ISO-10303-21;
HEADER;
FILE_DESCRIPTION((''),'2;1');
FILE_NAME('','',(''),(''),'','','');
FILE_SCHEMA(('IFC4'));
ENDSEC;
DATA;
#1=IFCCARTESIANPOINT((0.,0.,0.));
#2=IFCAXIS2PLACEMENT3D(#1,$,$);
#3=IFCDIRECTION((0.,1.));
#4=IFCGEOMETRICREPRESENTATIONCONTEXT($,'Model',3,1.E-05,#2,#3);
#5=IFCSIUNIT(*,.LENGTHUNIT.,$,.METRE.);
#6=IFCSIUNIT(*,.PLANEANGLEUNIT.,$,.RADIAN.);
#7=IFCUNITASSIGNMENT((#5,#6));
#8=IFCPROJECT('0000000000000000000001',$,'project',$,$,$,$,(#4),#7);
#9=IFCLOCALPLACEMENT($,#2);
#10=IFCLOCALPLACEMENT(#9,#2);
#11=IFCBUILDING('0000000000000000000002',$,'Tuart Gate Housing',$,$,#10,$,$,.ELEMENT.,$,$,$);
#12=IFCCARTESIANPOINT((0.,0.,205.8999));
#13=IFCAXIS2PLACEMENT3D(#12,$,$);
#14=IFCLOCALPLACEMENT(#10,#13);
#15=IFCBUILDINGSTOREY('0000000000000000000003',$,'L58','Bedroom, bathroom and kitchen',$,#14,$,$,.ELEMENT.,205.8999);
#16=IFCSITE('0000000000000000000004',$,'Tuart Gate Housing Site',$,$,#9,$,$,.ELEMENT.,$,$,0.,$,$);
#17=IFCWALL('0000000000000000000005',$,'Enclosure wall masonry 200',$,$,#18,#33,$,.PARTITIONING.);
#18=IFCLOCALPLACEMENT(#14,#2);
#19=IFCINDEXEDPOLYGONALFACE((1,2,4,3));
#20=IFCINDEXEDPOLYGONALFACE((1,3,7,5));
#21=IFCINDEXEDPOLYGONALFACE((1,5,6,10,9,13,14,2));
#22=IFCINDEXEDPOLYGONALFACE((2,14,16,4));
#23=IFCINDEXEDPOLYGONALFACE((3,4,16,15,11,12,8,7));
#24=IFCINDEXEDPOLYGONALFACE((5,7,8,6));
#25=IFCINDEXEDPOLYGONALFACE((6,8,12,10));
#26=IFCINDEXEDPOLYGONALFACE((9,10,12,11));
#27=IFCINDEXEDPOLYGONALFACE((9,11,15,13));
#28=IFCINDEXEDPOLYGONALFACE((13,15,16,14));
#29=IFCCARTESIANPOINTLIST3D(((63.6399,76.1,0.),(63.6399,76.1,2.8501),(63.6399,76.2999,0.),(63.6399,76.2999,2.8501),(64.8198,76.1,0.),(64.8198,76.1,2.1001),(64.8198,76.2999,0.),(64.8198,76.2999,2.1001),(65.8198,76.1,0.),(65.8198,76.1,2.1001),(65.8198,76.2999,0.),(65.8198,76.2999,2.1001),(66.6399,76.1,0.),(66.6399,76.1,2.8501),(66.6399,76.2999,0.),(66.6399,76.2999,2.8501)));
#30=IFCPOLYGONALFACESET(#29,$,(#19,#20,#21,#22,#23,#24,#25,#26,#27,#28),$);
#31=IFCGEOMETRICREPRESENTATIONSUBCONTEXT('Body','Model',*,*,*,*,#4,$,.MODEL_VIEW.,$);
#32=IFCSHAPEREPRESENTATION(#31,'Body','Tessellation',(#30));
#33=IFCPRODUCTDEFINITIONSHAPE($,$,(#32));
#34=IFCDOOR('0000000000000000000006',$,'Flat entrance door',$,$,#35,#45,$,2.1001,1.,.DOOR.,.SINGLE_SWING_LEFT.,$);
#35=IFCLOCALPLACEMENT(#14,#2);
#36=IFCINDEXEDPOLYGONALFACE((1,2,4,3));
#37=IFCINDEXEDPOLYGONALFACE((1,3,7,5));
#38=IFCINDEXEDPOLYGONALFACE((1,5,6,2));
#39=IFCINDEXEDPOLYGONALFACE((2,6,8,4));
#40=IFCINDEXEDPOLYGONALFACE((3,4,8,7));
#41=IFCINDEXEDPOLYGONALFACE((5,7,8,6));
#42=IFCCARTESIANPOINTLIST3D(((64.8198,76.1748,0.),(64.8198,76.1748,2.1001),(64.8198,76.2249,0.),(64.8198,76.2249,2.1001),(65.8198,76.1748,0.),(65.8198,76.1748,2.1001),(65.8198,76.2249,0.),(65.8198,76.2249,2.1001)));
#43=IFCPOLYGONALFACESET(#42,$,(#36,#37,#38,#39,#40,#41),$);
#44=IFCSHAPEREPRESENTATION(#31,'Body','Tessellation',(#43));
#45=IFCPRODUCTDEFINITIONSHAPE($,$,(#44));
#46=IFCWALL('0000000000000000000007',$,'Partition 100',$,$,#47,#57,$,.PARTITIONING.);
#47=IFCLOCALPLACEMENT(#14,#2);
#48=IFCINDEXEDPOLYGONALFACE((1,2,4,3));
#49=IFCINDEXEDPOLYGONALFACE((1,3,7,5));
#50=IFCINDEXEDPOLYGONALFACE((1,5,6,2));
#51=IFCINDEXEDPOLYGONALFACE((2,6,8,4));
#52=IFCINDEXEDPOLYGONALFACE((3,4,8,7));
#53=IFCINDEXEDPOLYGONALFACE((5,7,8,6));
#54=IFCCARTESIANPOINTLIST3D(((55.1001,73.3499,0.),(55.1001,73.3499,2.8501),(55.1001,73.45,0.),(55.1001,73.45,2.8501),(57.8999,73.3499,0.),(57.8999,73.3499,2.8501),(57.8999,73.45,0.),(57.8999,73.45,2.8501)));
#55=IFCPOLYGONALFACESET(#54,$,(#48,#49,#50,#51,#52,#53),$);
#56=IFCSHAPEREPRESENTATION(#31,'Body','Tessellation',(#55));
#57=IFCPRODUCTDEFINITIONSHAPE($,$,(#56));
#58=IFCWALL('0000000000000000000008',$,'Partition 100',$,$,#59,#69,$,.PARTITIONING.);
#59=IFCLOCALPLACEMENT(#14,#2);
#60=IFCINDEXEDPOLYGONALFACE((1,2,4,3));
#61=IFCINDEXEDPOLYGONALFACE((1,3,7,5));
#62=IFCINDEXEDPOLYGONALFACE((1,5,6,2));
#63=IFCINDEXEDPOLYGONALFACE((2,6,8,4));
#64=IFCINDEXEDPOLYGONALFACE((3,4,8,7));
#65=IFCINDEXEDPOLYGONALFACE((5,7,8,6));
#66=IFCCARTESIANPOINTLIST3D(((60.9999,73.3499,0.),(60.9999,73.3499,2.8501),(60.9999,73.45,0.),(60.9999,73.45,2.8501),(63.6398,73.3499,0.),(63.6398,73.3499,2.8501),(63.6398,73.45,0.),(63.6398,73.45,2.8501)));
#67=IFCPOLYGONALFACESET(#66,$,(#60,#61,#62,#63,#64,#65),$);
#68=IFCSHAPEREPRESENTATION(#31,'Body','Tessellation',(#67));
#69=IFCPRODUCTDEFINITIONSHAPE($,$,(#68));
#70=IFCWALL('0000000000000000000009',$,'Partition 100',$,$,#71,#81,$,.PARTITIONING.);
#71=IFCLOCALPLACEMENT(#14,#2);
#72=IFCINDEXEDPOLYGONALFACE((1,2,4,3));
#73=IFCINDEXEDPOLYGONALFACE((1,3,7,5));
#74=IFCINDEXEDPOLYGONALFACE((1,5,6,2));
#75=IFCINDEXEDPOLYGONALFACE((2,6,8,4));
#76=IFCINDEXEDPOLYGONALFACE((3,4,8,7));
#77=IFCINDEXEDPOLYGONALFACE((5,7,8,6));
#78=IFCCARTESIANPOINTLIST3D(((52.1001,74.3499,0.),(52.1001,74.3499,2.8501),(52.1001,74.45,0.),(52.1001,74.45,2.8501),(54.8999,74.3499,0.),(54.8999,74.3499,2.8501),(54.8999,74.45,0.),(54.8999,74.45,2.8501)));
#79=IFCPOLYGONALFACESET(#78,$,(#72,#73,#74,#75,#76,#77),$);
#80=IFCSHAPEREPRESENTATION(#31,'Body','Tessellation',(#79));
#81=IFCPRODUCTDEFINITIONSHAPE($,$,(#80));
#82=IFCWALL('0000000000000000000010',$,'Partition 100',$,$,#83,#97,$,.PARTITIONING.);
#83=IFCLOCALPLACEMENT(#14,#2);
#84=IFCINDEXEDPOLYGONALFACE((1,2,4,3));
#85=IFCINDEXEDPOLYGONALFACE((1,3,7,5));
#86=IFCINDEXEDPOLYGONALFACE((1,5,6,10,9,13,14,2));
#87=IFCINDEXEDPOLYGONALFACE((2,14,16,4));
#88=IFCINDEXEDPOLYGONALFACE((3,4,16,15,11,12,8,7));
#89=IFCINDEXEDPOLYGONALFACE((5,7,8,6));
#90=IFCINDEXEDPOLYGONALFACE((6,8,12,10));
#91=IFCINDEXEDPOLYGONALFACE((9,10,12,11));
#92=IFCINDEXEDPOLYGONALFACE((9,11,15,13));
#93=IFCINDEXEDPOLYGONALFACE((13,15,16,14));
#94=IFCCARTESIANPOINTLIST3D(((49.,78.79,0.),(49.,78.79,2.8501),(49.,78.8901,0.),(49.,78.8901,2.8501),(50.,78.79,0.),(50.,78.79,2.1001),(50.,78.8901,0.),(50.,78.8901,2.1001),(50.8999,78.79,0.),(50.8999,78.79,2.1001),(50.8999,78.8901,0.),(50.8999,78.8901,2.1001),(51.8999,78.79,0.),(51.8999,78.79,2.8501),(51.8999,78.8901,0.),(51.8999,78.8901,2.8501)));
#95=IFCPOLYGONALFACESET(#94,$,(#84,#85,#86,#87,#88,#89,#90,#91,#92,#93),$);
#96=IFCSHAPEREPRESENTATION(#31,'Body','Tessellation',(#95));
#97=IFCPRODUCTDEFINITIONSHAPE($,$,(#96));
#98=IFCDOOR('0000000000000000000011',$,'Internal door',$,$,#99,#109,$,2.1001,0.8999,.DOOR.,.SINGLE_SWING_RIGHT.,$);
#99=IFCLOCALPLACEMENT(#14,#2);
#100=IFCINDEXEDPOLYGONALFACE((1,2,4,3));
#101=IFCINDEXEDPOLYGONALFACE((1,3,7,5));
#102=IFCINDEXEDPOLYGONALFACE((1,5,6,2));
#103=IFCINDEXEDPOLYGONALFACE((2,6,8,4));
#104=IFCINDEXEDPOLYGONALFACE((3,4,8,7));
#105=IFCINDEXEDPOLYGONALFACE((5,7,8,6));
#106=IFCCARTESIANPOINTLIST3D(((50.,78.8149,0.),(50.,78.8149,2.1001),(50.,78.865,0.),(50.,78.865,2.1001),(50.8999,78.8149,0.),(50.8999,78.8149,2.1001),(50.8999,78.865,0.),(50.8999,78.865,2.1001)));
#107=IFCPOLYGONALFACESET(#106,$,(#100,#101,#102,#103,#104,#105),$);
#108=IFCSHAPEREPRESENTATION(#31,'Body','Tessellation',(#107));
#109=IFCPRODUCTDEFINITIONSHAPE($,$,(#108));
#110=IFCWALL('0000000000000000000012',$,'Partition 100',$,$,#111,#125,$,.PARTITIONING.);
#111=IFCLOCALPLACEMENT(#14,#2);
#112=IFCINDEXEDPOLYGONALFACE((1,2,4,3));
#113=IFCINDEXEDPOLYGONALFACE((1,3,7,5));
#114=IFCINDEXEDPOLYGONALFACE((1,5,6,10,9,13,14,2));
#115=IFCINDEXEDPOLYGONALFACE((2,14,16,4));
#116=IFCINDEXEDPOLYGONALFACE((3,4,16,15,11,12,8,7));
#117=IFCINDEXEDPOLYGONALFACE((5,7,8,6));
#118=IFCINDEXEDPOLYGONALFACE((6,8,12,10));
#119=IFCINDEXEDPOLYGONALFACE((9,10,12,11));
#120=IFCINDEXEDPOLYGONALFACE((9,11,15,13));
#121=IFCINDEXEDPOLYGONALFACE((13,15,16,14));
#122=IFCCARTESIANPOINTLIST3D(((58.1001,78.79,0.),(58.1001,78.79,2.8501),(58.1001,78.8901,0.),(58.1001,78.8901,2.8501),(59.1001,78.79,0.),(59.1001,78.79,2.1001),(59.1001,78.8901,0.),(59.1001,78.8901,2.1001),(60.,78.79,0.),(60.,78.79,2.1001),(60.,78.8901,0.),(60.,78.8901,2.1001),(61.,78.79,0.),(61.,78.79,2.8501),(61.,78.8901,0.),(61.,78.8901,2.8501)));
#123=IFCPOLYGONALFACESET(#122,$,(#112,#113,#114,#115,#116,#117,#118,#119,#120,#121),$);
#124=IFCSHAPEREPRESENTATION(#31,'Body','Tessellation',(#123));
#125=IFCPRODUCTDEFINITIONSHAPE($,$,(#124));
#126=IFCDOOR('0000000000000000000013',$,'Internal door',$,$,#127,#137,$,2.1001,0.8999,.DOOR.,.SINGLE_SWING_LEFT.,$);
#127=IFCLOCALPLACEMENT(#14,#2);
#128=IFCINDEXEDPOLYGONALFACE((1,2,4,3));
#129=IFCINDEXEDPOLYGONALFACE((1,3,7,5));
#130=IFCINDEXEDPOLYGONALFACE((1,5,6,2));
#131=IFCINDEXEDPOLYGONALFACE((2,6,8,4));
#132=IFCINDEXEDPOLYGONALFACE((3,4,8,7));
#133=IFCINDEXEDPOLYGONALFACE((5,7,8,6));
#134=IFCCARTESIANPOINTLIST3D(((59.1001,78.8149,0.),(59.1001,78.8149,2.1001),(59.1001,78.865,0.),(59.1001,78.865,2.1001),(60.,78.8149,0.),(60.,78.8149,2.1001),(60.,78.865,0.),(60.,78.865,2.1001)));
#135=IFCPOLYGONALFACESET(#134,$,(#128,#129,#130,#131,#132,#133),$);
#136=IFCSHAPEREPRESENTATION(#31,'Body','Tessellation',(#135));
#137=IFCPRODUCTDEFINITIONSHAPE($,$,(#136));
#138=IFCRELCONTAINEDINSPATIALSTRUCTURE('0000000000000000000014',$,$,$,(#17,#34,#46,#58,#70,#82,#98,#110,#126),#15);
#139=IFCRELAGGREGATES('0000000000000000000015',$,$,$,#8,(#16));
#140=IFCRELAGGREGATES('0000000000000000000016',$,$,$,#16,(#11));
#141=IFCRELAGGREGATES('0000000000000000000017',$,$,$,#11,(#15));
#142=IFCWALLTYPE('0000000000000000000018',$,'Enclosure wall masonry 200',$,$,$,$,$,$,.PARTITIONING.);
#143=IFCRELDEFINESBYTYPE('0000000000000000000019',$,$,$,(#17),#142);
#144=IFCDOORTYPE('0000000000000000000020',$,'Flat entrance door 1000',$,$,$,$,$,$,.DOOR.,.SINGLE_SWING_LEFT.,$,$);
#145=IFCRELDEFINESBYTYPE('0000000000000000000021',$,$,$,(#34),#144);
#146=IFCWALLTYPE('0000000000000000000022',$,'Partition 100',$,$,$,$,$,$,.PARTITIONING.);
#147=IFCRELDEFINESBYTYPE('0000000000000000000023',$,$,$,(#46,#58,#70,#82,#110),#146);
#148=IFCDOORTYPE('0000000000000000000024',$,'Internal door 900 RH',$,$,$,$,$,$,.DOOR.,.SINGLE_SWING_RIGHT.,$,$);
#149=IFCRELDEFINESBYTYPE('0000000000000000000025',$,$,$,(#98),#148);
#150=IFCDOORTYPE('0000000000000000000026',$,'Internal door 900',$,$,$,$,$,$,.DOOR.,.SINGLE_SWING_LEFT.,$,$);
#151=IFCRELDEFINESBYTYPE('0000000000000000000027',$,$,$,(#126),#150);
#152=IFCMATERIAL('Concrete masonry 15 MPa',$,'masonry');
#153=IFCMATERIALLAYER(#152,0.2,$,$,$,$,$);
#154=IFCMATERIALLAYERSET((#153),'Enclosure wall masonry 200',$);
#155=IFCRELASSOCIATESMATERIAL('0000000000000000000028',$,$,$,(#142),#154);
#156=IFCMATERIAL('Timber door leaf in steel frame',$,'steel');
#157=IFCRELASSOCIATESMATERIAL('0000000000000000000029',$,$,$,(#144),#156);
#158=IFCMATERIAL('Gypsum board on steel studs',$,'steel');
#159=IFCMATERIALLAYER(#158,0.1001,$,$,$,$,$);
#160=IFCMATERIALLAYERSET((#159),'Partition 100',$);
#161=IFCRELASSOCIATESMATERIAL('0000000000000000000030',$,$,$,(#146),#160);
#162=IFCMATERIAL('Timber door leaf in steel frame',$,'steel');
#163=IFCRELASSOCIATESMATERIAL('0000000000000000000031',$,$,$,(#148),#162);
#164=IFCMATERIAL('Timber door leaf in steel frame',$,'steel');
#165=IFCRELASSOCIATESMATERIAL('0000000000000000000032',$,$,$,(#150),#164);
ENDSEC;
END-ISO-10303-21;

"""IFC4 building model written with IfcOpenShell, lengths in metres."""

from ifc_helpers import new_model, si_unit, direction, frame, frame_2d, origin, place, context, subcontext, project, spatial, rectangle, extrude, material, layer, layer_set, type_object, element, fill, save


model = new_model("IFC4")

# Units and contexts
model_context = context("Model", 3, precision=1e-05, world=origin(), true_north=direction((0.0, 1.0)))
body_context = subcontext(model_context, "Body", "Model", "MODEL_VIEW")
ifc_project = project(units=[si_unit("LENGTHUNIT", "METRE"), si_unit("PLANEANGLEUNIT", "RADIAN")], contexts=[model_context])

# Site, building, storey
site_placement = place(None, origin())
site = spatial("IfcSite", under=ifc_project, at=site_placement, Name="Tuart Gate Housing Site", CompositionType="ELEMENT", RefElevation=0.0)
building_placement = place(site_placement, origin())
building = spatial("IfcBuilding", under=site, at=building_placement, Name="Tuart Gate Housing", CompositionType="ELEMENT")
storey_placement = place(building_placement, frame((0.0, 0.0, 205.8999)))
storey = spatial("IfcBuildingStorey", under=building, at=storey_placement, Name="L58", Description="Bedroom, bathroom and kitchen", CompositionType="ELEMENT", Elevation=205.8999)

# Wall, opening, door
ifc_material_1 = material(Name="Concrete masonry 15 MPa", Category="masonry")
ifc_layer_1 = layer(ifc_material_1, 0.2)
ifc_layer_set_1 = layer_set([ifc_layer_1], Name="Enclosure wall masonry 200")
wall_type_1 = type_object("IfcWallType", Name="Enclosure wall masonry 200", PredefinedType="PARTITIONING", material=ifc_layer_set_1)
wall_1_placement = place(storey_placement, frame((63.6399, 76.2, 0.0), z_axis=(0.0, 0.0, 1.0), x_axis=(1.0, 0.0, 0.0)))
wall_1 = element("IfcWall", 1, at=wall_1_placement, inside=storey, type_object=wall_type_1, Name="Enclosure wall masonry 200", PredefinedType="PARTITIONING", context=body_context, shape_type="SweptSolid", body=[
    extrude(rectangle(XDim=3.0, YDim=0.2, at=frame_2d((1.5, 0.0))), origin(), (0.0, 0.0, 1.0), 2.8501),
])
opening_1_placement = place(wall_1_placement, frame((1.1799, 0.0, 0.0)))
opening_1 = element("IfcOpeningElement", 2, at=opening_1_placement, cuts=wall_1, PredefinedType="OPENING", context=body_context, shape_type="SweptSolid", body=[
    extrude(rectangle(XDim=1.0, YDim=2.1001, at=frame_2d((0.5, 1.05))), frame((0.0, 0.1099, 0.0), z_axis=(0.0, -1.0, 0.0), x_axis=(1.0, 0.0, 0.0)), (0.0, 0.0, 1.0), 0.22),
])
ifc_material_2 = material(Name="Timber door leaf in steel frame", Category="steel")
door_type_1 = type_object("IfcDoorType", Name="Flat entrance door 1000", OperationType="SINGLE_SWING_LEFT", PredefinedType="DOOR", material=ifc_material_2)
door_1_placement = place(opening_1_placement, origin())
door_1 = element("IfcDoor", 3, at=door_1_placement, inside=storey, type_object=door_type_1, Name="Flat entrance door", OperationType="SINGLE_SWING_LEFT", OverallHeight=2.1001, OverallWidth=1.0, PredefinedType="DOOR", context=body_context, shape_type="SweptSolid", body=[
    extrude(rectangle(XDim=1.0, YDim=2.1001, at=frame_2d((0.5, 1.05))), frame((0.0, 0.0249, 0.0), z_axis=(0.0, -1.0, 0.0), x_axis=(1.0, 0.0, 0.0)), (0.0, 0.0, 1.0), 0.05),
])
fill(opening_1, door_1)

# Walls
ifc_material_3 = material(Name="Gypsum board on steel studs", Category="steel")
ifc_layer_2 = layer(ifc_material_3, 0.1001)
ifc_layer_set_2 = layer_set([ifc_layer_2], Name="Partition 100")
wall_type_2 = type_object("IfcWallType", Name="Partition 100", PredefinedType="PARTITIONING", material=ifc_layer_set_2)
wall_2_placement = place(storey_placement, frame((55.1001, 73.3999, 0.0), z_axis=(0.0, 0.0, 1.0), x_axis=(1.0, 0.0, 0.0)))
element("IfcWall", 4, at=wall_2_placement, inside=storey, type_object=wall_type_2, Name="Partition 100", PredefinedType="PARTITIONING", context=body_context, shape_type="SweptSolid", body=[
    extrude(rectangle(XDim=2.7998, YDim=0.1001, at=frame_2d((1.3999, 0.0))), origin(), (0.0, 0.0, 1.0), 2.8501),
])
wall_3_placement = place(storey_placement, frame((61.0, 73.3999, 0.0), z_axis=(0.0, 0.0, 1.0), x_axis=(1.0, 0.0, 0.0)))
element("IfcWall", 5, at=wall_3_placement, inside=storey, type_object=wall_type_2, Name="Partition 100", PredefinedType="PARTITIONING", context=body_context, shape_type="SweptSolid", body=[
    extrude(rectangle(XDim=2.6399, YDim=0.1001, at=frame_2d((1.3198, 0.0))), origin(), (0.0, 0.0, 1.0), 2.8501),
])
wall_4_placement = place(storey_placement, frame((52.1001, 74.3999, 0.0), z_axis=(0.0, 0.0, 1.0), x_axis=(1.0, 0.0, 0.0)))
element("IfcWall", 6, at=wall_4_placement, inside=storey, type_object=wall_type_2, Name="Partition 100", PredefinedType="PARTITIONING", context=body_context, shape_type="SweptSolid", body=[
    extrude(rectangle(XDim=2.7998, YDim=0.1001, at=frame_2d((1.3999, 0.0))), origin(), (0.0, 0.0, 1.0), 2.8501),
])

# Walls, openings, doors
wall_5_placement = place(storey_placement, frame((49.0, 78.8401, 0.0), z_axis=(0.0, 0.0, 1.0), x_axis=(1.0, 0.0, 0.0)))
wall_5 = element("IfcWall", 7, at=wall_5_placement, inside=storey, type_object=wall_type_2, Name="Partition 100", PredefinedType="PARTITIONING", context=body_context, shape_type="SweptSolid", body=[
    extrude(rectangle(XDim=2.8999, YDim=0.1001, at=frame_2d((1.45, 0.0))), origin(), (0.0, 0.0, 1.0), 2.8501),
])
opening_2_placement = place(wall_5_placement, frame((1.0, 0.0, 0.0)))
opening_2 = element("IfcOpeningElement", 8, at=opening_2_placement, cuts=wall_5, PredefinedType="OPENING", context=body_context, shape_type="SweptSolid", body=[
    extrude(rectangle(XDim=0.8999, YDim=2.1001, at=frame_2d((0.45, 1.05))), frame((0.0, 0.0601, 0.0), z_axis=(0.0, -1.0, 0.0), x_axis=(1.0, 0.0, 0.0)), (0.0, 0.0, 1.0), 0.1201),
])
ifc_material_4 = material(Name="Timber door leaf in steel frame", Category="steel")
door_type_2 = type_object("IfcDoorType", Name="Internal door 900 RH", OperationType="SINGLE_SWING_RIGHT", PredefinedType="DOOR", material=ifc_material_4)
door_2_placement = place(opening_2_placement, frame((0.8999, 0.0, 0.0), z_axis=(0.0, 0.0, 1.0), x_axis=(-1.0, 0.0, 0.0)))
door_2 = element("IfcDoor", 9, at=door_2_placement, inside=storey, type_object=door_type_2, Name="Internal door", OperationType="SINGLE_SWING_RIGHT", OverallHeight=2.1001, OverallWidth=0.8999, PredefinedType="DOOR", context=body_context, shape_type="SweptSolid", body=[
    extrude(rectangle(XDim=0.8999, YDim=2.1001, at=frame_2d((0.45, 1.05))), frame((0.0, 0.0251, 0.0), z_axis=(0.0, -1.0, 0.0), x_axis=(1.0, 0.0, 0.0)), (0.0, 0.0, 1.0), 0.05),
])
fill(opening_2, door_2)
wall_6_placement = place(storey_placement, frame((58.1001, 78.8401, 0.0), z_axis=(0.0, 0.0, 1.0), x_axis=(1.0, 0.0, 0.0)))
wall_6 = element("IfcWall", 10, at=wall_6_placement, inside=storey, type_object=wall_type_2, Name="Partition 100", PredefinedType="PARTITIONING", context=body_context, shape_type="SweptSolid", body=[
    extrude(rectangle(XDim=2.8999, YDim=0.1001, at=frame_2d((1.45, 0.0))), origin(), (0.0, 0.0, 1.0), 2.8501),
])
opening_3_placement = place(wall_6_placement, frame((1.0, 0.0, 0.0)))
opening_3 = element("IfcOpeningElement", 11, at=opening_3_placement, cuts=wall_6, PredefinedType="OPENING", context=body_context, shape_type="SweptSolid", body=[
    extrude(rectangle(XDim=0.8999, YDim=2.1001, at=frame_2d((0.45, 1.05))), frame((0.0, 0.0601, 0.0), z_axis=(0.0, -1.0, 0.0), x_axis=(1.0, 0.0, 0.0)), (0.0, 0.0, 1.0), 0.1201),
])
ifc_material_5 = material(Name="Timber door leaf in steel frame", Category="steel")
door_type_3 = type_object("IfcDoorType", Name="Internal door 900", OperationType="SINGLE_SWING_LEFT", PredefinedType="DOOR", material=ifc_material_5)
door_3_placement = place(opening_3_placement, frame((0.8999, 0.0, 0.0), z_axis=(0.0, 0.0, 1.0), x_axis=(-1.0, 0.0, 0.0)))
door_3 = element("IfcDoor", 12, at=door_3_placement, inside=storey, type_object=door_type_3, Name="Internal door", OperationType="SINGLE_SWING_LEFT", OverallHeight=2.1001, OverallWidth=0.8999, PredefinedType="DOOR", context=body_context, shape_type="SweptSolid", body=[
    extrude(rectangle(XDim=0.8999, YDim=2.1001, at=frame_2d((0.45, 1.05))), frame((0.0, 0.0251, 0.0), z_axis=(0.0, -1.0, 0.0), x_axis=(1.0, 0.0, 0.0)), (0.0, 0.0, 1.0), 0.05),
])
fill(opening_3, door_3)

save(model, "model.ifc")
